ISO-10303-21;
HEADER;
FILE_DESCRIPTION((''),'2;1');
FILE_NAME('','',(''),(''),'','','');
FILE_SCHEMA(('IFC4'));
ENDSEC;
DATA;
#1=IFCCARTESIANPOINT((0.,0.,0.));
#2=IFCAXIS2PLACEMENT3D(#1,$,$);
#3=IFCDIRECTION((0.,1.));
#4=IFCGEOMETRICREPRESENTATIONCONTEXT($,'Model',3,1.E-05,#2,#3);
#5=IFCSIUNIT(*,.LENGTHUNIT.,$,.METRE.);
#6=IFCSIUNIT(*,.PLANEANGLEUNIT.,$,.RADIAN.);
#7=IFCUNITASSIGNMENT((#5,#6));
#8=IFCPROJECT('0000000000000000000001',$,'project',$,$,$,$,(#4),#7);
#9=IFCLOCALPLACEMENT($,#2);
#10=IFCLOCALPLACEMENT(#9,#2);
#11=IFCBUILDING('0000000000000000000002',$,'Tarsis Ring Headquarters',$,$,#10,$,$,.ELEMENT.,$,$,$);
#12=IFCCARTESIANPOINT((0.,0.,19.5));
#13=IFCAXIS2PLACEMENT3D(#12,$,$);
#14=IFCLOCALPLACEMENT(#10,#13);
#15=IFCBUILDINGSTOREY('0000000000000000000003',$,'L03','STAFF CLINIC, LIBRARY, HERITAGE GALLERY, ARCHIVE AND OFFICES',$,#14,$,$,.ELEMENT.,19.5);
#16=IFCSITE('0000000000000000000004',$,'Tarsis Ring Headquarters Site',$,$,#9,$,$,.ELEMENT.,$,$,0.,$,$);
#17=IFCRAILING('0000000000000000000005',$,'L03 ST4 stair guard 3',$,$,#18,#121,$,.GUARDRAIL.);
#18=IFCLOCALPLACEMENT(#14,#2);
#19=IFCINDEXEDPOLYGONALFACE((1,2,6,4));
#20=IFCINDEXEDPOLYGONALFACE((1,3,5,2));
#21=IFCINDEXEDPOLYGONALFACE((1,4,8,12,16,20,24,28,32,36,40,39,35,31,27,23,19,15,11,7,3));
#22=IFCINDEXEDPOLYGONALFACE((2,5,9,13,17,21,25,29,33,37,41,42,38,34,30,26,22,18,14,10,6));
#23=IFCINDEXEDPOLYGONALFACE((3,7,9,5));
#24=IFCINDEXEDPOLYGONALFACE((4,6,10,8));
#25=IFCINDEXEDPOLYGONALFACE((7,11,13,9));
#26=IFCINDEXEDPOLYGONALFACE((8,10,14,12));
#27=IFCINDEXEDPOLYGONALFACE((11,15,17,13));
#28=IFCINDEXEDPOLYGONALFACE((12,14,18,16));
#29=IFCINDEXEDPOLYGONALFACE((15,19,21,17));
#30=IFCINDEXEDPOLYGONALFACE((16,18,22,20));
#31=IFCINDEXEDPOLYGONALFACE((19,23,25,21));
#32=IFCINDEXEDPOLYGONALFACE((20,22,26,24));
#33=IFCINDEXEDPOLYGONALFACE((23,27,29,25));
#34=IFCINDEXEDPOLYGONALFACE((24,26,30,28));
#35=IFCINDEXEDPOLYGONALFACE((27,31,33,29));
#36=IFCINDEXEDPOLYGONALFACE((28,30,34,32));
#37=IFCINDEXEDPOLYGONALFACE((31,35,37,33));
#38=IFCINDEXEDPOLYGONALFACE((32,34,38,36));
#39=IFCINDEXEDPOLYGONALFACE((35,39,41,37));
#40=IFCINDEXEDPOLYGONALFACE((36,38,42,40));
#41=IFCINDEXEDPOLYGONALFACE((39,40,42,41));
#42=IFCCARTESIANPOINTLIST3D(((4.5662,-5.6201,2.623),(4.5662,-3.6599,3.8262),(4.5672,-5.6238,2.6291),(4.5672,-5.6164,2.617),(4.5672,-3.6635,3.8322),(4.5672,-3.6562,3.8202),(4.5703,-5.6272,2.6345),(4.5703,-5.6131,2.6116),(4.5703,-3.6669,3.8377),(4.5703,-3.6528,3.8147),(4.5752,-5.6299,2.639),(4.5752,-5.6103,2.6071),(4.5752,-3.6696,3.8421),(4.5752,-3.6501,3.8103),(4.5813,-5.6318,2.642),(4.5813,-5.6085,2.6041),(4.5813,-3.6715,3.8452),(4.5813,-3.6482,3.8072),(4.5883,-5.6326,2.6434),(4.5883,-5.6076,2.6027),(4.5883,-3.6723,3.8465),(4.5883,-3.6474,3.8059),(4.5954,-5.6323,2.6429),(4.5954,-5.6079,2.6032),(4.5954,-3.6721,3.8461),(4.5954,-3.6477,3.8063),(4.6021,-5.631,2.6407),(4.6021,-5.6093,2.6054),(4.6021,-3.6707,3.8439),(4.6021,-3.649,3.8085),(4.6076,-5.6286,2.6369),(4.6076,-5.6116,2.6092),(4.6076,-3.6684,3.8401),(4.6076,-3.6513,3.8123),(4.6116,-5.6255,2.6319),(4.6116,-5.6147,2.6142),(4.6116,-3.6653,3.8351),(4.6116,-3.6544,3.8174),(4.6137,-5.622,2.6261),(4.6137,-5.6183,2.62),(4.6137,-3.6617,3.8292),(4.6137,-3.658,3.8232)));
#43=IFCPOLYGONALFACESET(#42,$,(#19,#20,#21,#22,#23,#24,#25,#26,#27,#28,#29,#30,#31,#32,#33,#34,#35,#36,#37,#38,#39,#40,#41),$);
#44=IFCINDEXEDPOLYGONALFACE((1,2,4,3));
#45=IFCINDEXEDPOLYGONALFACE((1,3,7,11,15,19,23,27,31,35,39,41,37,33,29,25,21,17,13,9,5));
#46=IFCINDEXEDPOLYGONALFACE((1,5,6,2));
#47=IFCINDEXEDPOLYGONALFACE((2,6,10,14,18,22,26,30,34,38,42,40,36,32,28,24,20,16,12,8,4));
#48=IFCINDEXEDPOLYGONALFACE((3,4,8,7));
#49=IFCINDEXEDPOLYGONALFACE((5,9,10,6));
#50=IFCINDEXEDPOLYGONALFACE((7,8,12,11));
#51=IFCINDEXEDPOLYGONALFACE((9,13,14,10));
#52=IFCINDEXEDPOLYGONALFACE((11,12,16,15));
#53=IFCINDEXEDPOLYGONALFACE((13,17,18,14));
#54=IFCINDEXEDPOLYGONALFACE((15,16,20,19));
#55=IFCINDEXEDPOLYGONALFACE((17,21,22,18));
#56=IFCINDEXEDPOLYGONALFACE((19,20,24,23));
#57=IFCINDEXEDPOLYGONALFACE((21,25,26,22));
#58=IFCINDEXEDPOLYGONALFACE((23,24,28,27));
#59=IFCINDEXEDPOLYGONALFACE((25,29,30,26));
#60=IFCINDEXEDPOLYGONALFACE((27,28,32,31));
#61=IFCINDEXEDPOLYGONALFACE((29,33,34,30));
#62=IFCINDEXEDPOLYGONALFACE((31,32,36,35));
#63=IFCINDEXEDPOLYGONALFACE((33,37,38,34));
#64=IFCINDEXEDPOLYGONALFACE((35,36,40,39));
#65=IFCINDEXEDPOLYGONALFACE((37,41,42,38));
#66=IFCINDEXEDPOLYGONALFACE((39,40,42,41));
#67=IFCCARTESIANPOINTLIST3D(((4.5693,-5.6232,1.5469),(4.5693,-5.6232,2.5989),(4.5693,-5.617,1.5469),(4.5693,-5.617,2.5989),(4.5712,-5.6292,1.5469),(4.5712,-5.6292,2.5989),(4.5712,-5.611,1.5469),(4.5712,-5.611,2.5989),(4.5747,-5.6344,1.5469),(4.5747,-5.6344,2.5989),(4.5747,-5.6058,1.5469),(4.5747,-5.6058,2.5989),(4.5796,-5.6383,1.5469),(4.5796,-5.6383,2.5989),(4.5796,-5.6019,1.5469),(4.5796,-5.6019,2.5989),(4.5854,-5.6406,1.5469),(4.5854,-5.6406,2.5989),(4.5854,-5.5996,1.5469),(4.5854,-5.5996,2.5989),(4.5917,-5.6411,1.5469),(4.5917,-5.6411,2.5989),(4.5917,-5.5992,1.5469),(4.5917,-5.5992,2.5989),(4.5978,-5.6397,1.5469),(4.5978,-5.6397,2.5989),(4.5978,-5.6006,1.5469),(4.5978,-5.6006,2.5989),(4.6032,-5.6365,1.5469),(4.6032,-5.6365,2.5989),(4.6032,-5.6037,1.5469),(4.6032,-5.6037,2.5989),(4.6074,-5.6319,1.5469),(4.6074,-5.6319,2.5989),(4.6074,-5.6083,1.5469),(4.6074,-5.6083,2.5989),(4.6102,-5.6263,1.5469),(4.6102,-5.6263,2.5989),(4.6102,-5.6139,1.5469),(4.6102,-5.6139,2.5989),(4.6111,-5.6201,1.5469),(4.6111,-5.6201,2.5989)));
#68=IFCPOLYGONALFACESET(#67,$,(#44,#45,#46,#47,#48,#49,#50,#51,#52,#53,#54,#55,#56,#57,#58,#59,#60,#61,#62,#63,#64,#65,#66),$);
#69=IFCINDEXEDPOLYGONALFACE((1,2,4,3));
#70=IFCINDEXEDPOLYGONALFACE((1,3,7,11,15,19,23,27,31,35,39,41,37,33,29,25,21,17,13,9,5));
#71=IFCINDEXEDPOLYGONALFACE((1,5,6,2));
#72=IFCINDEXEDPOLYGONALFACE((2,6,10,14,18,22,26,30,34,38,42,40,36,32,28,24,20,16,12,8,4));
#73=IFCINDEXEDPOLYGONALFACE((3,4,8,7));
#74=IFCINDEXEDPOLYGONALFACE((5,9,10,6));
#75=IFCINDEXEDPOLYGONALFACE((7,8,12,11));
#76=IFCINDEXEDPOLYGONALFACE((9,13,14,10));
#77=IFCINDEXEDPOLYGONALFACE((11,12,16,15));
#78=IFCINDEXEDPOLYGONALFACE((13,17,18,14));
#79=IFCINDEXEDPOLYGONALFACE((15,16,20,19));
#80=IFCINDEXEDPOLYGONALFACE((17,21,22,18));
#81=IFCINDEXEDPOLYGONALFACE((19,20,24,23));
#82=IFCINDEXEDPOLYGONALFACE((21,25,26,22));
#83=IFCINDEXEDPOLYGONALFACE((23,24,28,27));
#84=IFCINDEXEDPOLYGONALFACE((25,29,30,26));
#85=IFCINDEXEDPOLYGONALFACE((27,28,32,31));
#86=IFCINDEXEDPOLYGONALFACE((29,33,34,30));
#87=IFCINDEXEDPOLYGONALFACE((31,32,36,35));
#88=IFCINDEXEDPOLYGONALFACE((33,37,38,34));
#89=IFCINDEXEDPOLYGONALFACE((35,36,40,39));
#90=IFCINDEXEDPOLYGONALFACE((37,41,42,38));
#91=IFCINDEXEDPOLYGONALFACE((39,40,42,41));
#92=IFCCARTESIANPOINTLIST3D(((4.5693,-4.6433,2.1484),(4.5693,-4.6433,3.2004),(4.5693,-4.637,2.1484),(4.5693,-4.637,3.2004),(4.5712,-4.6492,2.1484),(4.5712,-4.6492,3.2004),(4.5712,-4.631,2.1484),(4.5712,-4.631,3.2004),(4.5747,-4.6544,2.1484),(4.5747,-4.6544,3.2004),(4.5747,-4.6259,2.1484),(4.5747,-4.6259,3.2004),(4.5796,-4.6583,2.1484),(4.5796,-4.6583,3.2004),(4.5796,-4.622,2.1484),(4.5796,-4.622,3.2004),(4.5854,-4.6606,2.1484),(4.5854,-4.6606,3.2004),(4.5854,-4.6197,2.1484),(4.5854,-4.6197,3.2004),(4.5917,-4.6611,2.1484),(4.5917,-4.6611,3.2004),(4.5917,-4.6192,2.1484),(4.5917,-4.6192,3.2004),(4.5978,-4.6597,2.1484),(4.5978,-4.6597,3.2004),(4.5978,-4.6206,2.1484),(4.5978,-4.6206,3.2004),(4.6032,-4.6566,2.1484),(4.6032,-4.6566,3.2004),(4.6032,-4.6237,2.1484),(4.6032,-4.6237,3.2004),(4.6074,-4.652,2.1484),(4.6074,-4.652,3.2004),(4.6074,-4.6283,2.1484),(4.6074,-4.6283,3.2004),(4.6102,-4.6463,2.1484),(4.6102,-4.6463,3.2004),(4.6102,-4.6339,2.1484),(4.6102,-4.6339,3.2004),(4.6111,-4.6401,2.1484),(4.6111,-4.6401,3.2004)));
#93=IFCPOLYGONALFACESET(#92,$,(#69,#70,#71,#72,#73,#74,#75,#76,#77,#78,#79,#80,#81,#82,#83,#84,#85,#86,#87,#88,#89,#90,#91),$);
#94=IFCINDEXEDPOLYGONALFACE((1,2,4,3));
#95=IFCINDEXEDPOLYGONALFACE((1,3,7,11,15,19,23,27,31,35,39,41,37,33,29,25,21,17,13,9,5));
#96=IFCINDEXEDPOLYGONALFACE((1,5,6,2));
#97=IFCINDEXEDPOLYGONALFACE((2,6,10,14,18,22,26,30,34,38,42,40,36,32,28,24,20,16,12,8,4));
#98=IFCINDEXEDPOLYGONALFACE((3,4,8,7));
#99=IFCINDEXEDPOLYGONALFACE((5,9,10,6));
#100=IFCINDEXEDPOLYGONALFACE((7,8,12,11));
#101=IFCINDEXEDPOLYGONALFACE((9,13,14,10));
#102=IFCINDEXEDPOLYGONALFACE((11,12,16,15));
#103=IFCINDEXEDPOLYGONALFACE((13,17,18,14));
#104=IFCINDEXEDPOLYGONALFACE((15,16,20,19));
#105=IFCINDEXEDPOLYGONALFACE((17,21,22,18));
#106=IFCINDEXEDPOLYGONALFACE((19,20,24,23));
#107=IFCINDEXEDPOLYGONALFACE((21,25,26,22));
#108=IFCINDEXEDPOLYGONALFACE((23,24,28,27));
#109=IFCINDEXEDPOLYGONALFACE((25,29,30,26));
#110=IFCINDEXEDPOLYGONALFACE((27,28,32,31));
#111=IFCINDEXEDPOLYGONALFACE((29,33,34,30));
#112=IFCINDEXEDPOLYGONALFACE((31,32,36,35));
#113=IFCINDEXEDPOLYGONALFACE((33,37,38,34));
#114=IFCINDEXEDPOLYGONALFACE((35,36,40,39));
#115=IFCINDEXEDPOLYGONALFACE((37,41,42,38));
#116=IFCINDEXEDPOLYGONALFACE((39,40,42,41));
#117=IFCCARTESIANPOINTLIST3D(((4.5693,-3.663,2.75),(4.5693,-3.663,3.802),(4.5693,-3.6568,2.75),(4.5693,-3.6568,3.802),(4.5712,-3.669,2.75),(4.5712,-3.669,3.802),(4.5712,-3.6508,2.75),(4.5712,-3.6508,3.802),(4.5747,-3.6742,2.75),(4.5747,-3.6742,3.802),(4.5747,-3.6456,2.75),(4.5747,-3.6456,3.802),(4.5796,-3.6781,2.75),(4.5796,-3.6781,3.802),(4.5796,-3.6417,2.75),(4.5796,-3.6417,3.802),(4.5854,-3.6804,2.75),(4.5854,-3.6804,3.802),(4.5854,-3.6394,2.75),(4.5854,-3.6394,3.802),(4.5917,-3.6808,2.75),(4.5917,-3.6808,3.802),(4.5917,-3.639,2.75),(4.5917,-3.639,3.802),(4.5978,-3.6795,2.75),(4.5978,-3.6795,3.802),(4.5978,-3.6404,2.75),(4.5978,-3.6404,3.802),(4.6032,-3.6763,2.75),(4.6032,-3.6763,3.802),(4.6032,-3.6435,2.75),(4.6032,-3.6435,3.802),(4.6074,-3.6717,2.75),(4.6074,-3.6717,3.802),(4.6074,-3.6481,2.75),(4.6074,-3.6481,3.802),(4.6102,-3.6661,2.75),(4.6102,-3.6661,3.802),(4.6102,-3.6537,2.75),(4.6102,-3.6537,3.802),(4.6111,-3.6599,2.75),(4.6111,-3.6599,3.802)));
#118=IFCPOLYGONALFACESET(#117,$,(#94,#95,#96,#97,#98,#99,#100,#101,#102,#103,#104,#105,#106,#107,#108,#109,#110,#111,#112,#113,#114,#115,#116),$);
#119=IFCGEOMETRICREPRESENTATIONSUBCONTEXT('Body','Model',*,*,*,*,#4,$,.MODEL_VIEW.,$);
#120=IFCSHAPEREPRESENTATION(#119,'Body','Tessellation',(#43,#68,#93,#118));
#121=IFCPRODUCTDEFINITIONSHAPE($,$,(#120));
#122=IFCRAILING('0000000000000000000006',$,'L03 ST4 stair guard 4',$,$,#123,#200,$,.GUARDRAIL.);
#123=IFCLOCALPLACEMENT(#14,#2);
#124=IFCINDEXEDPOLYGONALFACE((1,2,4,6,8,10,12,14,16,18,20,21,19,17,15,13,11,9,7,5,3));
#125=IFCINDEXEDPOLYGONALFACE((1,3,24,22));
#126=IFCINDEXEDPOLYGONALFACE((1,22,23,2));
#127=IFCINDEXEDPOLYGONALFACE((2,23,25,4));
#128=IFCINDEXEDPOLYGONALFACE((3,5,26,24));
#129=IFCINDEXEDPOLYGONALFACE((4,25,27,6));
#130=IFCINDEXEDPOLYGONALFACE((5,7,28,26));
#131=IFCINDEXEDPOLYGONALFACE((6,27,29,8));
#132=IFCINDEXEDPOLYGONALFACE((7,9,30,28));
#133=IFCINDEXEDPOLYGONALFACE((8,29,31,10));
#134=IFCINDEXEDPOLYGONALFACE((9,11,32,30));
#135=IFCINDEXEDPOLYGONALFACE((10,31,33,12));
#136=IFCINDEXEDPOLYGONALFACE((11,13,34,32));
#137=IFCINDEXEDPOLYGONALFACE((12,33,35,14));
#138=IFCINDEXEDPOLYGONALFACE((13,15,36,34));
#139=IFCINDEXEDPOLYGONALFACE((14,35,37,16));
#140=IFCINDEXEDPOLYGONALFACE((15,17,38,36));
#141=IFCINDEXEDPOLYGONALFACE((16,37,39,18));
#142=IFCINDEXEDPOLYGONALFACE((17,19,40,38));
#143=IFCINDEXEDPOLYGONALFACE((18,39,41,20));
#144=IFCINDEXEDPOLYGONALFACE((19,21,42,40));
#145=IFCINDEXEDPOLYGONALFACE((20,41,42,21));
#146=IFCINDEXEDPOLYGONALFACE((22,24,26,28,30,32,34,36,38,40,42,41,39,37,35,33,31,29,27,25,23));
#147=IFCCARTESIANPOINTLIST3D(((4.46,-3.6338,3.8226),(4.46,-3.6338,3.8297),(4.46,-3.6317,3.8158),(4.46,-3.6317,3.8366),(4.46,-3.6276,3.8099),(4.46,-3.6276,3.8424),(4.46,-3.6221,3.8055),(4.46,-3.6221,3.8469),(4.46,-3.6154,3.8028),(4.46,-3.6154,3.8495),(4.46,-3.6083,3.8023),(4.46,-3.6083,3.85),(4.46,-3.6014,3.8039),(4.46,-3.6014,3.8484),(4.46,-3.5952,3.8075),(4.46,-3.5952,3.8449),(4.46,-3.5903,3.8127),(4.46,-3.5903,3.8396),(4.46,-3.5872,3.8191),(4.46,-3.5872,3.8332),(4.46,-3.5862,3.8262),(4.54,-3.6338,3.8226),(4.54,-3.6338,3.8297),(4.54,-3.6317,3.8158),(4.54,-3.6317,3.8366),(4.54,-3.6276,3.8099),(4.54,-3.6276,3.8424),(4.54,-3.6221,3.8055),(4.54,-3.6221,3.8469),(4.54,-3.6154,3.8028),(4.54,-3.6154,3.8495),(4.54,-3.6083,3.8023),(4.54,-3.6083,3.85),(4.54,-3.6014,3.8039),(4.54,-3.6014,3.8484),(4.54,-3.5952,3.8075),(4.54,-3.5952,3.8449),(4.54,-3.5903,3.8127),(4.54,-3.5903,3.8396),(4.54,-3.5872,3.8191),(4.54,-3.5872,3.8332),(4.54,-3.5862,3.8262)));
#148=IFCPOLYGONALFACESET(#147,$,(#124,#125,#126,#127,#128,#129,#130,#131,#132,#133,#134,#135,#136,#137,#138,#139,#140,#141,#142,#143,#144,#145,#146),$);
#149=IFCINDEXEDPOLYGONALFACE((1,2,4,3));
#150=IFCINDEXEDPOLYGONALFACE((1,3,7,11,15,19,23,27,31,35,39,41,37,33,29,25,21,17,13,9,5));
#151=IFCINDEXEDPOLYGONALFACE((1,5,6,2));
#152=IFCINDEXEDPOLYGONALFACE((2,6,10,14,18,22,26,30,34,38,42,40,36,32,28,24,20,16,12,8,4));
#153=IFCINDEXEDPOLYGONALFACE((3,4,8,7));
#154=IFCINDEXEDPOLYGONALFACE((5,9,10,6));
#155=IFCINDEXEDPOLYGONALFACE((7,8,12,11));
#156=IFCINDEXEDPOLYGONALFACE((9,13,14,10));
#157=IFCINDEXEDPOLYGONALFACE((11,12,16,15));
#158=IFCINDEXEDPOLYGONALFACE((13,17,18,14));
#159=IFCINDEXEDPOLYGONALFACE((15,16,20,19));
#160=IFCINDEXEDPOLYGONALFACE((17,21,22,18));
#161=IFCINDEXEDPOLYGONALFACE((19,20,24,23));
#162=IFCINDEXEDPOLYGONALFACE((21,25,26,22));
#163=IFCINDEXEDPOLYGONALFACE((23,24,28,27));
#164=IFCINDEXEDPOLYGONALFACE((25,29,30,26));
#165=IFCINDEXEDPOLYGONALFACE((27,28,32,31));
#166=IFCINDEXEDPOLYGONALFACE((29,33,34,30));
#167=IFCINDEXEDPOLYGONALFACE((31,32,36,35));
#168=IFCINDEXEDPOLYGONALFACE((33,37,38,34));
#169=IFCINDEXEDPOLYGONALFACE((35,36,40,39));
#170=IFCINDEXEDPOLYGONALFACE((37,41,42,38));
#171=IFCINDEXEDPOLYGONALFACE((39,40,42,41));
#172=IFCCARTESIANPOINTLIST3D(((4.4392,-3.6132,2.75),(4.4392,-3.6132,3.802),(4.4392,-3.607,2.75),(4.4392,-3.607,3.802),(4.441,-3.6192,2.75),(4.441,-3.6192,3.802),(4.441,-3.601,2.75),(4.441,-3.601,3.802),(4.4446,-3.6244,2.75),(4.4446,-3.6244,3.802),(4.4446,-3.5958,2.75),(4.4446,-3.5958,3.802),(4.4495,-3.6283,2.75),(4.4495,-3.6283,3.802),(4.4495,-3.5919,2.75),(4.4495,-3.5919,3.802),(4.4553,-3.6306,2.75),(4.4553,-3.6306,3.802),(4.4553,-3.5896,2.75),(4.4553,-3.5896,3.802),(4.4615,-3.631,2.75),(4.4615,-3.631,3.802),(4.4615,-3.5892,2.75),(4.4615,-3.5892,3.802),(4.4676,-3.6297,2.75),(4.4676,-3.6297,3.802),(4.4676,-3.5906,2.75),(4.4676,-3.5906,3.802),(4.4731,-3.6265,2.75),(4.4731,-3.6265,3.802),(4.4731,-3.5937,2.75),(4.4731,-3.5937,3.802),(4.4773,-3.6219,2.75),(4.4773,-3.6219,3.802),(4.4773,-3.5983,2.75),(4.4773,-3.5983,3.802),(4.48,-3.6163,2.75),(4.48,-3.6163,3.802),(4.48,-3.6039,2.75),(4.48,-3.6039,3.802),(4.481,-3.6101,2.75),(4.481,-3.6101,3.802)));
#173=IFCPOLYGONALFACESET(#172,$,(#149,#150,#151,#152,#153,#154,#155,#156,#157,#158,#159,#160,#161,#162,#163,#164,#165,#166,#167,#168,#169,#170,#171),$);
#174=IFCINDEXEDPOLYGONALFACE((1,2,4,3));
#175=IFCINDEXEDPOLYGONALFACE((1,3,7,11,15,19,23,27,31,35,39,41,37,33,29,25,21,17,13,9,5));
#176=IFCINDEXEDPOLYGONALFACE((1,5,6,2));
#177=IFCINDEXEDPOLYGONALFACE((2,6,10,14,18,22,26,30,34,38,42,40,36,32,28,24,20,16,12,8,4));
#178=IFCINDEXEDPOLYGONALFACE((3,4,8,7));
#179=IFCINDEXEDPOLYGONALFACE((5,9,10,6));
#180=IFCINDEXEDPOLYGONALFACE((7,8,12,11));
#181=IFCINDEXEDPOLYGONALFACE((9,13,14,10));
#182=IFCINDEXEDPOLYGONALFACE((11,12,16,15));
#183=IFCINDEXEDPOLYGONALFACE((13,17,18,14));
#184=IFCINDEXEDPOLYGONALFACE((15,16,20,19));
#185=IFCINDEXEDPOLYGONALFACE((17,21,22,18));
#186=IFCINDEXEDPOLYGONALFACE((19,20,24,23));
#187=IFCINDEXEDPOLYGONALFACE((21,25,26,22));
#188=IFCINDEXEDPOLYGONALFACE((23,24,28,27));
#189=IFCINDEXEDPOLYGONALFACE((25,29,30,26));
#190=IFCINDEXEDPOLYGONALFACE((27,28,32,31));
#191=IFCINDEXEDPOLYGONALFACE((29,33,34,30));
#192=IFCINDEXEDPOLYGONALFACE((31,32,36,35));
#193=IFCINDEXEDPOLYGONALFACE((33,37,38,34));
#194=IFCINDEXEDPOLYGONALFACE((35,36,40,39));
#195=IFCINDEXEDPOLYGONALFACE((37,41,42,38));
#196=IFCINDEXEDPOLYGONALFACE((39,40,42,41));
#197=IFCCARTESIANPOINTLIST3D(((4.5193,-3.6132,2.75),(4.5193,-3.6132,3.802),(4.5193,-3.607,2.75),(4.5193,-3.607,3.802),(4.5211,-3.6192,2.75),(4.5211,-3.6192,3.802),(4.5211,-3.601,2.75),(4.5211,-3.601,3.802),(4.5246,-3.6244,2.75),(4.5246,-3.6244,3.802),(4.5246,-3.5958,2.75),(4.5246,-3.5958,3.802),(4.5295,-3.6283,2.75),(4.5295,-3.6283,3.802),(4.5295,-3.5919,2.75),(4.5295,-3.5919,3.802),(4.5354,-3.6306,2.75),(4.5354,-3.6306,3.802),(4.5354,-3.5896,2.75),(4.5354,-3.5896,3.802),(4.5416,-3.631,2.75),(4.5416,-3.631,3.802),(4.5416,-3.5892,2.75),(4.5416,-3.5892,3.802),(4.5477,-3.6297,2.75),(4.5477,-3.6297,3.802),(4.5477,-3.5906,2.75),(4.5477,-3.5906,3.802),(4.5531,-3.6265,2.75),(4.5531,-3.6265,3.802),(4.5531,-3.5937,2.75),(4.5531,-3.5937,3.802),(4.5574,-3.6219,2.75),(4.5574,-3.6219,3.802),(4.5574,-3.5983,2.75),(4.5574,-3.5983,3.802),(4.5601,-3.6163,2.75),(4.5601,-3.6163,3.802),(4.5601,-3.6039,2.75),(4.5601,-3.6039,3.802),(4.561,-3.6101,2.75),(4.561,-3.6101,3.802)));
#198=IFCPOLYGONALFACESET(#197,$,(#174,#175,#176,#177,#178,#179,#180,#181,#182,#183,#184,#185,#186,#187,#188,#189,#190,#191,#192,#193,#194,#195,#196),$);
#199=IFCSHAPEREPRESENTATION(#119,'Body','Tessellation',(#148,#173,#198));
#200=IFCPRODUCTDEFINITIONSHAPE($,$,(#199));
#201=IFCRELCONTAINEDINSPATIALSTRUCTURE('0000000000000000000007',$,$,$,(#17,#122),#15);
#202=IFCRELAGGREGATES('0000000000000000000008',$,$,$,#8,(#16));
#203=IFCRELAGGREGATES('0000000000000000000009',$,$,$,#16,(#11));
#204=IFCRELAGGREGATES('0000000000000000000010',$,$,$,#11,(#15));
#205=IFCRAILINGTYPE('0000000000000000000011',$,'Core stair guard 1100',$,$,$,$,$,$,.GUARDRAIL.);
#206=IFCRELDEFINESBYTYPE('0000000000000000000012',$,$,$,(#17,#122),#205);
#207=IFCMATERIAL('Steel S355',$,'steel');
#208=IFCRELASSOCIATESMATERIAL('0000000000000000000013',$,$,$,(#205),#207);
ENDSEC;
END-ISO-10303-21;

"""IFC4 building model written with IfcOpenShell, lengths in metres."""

from ifc_helpers import new_model, si_unit, direction, frame, origin, origin_2d, place, context, subcontext, project, spatial, circle, extrude, material, type_object, element, save


model = new_model("IFC4")

# Units and contexts
model_context = context("Model", 3, precision=1e-05, world=origin(), true_north=direction((0.0, 1.0)))
body_context = subcontext(model_context, "Body", "Model", "MODEL_VIEW")
ifc_project = project(units=[si_unit("LENGTHUNIT", "METRE"), si_unit("PLANEANGLEUNIT", "RADIAN")], contexts=[model_context])

# Site, building, storey
site_placement = place(None, origin())
site = spatial("IfcSite", under=ifc_project, at=site_placement, Name="Tarsis Ring Headquarters Site", CompositionType="ELEMENT", RefElevation=0.0)
building_placement = place(site_placement, origin())
building = spatial("IfcBuilding", under=site, at=building_placement, Name="Tarsis Ring Headquarters", CompositionType="ELEMENT")
storey_placement = place(building_placement, frame((0.0, 0.0, 19.5)))
storey = spatial("IfcBuildingStorey", under=building, at=storey_placement, Name="L03", Description="STAFF CLINIC, LIBRARY, HERITAGE GALLERY, ARCHIVE AND OFFICES", CompositionType="ELEMENT", Elevation=19.5)

# Railings
ifc_material_1 = material(Name="Steel S355", Category="steel")
railing_type_1 = type_object("IfcRailingType", Name="Core stair guard 1100", PredefinedType="GUARDRAIL", material=ifc_material_1)
railing_1_placement = place(storey_placement, frame((4.5901, -5.6201, 1.5469)))
element("IfcRailing", 1, at=railing_1_placement, inside=storey, type_object=railing_type_1, Name="L03 ST4 stair guard 3", PredefinedType="GUARDRAIL", context=body_context, shape_type="SweptSolid", body=[
    extrude(circle(Radius=0.0239, at=origin_2d()), frame((0.0, 0.0, 1.0762), z_axis=(0.0, 0.85227, 0.523102), x_axis=(-1.0, 0.0, 0.0)), (0.0, 0.0, 1.0), 2.3),
    extrude(circle(Radius=0.021, at=origin_2d()), origin(), (0.0, 0.0, 1.0), 1.052),
    extrude(circle(Radius=0.021, at=origin_2d()), frame((0.0, 0.98, 0.6016)), (0.0, 0.0, 1.0), 1.052),
    extrude(circle(Radius=0.021, at=origin_2d()), frame((0.0, 1.9602, 1.2031)), (0.0, 0.0, 1.0), 1.052),
])
railing_2_placement = place(storey_placement, frame((4.46, -3.6101, 2.75)))
element("IfcRailing", 2, at=railing_2_placement, inside=storey, type_object=railing_type_1, Name="L03 ST4 stair guard 4", PredefinedType="GUARDRAIL", context=body_context, shape_type="SweptSolid", body=[
    extrude(circle(Radius=0.0239, at=origin_2d()), frame((0.0, 0.0, 1.0762), z_axis=(1.0, 0.0, 0.0), x_axis=(0.0, 1.0, 0.0)), (0.0, 0.0, 1.0), 0.0801),
    extrude(circle(Radius=0.021, at=origin_2d()), origin(), (0.0, 0.0, 1.0), 1.052),
    extrude(circle(Radius=0.021, at=origin_2d()), frame((0.0801, 0.0, 0.0)), (0.0, 0.0, 1.0), 1.052),
])

save(model, "model.ifc")
